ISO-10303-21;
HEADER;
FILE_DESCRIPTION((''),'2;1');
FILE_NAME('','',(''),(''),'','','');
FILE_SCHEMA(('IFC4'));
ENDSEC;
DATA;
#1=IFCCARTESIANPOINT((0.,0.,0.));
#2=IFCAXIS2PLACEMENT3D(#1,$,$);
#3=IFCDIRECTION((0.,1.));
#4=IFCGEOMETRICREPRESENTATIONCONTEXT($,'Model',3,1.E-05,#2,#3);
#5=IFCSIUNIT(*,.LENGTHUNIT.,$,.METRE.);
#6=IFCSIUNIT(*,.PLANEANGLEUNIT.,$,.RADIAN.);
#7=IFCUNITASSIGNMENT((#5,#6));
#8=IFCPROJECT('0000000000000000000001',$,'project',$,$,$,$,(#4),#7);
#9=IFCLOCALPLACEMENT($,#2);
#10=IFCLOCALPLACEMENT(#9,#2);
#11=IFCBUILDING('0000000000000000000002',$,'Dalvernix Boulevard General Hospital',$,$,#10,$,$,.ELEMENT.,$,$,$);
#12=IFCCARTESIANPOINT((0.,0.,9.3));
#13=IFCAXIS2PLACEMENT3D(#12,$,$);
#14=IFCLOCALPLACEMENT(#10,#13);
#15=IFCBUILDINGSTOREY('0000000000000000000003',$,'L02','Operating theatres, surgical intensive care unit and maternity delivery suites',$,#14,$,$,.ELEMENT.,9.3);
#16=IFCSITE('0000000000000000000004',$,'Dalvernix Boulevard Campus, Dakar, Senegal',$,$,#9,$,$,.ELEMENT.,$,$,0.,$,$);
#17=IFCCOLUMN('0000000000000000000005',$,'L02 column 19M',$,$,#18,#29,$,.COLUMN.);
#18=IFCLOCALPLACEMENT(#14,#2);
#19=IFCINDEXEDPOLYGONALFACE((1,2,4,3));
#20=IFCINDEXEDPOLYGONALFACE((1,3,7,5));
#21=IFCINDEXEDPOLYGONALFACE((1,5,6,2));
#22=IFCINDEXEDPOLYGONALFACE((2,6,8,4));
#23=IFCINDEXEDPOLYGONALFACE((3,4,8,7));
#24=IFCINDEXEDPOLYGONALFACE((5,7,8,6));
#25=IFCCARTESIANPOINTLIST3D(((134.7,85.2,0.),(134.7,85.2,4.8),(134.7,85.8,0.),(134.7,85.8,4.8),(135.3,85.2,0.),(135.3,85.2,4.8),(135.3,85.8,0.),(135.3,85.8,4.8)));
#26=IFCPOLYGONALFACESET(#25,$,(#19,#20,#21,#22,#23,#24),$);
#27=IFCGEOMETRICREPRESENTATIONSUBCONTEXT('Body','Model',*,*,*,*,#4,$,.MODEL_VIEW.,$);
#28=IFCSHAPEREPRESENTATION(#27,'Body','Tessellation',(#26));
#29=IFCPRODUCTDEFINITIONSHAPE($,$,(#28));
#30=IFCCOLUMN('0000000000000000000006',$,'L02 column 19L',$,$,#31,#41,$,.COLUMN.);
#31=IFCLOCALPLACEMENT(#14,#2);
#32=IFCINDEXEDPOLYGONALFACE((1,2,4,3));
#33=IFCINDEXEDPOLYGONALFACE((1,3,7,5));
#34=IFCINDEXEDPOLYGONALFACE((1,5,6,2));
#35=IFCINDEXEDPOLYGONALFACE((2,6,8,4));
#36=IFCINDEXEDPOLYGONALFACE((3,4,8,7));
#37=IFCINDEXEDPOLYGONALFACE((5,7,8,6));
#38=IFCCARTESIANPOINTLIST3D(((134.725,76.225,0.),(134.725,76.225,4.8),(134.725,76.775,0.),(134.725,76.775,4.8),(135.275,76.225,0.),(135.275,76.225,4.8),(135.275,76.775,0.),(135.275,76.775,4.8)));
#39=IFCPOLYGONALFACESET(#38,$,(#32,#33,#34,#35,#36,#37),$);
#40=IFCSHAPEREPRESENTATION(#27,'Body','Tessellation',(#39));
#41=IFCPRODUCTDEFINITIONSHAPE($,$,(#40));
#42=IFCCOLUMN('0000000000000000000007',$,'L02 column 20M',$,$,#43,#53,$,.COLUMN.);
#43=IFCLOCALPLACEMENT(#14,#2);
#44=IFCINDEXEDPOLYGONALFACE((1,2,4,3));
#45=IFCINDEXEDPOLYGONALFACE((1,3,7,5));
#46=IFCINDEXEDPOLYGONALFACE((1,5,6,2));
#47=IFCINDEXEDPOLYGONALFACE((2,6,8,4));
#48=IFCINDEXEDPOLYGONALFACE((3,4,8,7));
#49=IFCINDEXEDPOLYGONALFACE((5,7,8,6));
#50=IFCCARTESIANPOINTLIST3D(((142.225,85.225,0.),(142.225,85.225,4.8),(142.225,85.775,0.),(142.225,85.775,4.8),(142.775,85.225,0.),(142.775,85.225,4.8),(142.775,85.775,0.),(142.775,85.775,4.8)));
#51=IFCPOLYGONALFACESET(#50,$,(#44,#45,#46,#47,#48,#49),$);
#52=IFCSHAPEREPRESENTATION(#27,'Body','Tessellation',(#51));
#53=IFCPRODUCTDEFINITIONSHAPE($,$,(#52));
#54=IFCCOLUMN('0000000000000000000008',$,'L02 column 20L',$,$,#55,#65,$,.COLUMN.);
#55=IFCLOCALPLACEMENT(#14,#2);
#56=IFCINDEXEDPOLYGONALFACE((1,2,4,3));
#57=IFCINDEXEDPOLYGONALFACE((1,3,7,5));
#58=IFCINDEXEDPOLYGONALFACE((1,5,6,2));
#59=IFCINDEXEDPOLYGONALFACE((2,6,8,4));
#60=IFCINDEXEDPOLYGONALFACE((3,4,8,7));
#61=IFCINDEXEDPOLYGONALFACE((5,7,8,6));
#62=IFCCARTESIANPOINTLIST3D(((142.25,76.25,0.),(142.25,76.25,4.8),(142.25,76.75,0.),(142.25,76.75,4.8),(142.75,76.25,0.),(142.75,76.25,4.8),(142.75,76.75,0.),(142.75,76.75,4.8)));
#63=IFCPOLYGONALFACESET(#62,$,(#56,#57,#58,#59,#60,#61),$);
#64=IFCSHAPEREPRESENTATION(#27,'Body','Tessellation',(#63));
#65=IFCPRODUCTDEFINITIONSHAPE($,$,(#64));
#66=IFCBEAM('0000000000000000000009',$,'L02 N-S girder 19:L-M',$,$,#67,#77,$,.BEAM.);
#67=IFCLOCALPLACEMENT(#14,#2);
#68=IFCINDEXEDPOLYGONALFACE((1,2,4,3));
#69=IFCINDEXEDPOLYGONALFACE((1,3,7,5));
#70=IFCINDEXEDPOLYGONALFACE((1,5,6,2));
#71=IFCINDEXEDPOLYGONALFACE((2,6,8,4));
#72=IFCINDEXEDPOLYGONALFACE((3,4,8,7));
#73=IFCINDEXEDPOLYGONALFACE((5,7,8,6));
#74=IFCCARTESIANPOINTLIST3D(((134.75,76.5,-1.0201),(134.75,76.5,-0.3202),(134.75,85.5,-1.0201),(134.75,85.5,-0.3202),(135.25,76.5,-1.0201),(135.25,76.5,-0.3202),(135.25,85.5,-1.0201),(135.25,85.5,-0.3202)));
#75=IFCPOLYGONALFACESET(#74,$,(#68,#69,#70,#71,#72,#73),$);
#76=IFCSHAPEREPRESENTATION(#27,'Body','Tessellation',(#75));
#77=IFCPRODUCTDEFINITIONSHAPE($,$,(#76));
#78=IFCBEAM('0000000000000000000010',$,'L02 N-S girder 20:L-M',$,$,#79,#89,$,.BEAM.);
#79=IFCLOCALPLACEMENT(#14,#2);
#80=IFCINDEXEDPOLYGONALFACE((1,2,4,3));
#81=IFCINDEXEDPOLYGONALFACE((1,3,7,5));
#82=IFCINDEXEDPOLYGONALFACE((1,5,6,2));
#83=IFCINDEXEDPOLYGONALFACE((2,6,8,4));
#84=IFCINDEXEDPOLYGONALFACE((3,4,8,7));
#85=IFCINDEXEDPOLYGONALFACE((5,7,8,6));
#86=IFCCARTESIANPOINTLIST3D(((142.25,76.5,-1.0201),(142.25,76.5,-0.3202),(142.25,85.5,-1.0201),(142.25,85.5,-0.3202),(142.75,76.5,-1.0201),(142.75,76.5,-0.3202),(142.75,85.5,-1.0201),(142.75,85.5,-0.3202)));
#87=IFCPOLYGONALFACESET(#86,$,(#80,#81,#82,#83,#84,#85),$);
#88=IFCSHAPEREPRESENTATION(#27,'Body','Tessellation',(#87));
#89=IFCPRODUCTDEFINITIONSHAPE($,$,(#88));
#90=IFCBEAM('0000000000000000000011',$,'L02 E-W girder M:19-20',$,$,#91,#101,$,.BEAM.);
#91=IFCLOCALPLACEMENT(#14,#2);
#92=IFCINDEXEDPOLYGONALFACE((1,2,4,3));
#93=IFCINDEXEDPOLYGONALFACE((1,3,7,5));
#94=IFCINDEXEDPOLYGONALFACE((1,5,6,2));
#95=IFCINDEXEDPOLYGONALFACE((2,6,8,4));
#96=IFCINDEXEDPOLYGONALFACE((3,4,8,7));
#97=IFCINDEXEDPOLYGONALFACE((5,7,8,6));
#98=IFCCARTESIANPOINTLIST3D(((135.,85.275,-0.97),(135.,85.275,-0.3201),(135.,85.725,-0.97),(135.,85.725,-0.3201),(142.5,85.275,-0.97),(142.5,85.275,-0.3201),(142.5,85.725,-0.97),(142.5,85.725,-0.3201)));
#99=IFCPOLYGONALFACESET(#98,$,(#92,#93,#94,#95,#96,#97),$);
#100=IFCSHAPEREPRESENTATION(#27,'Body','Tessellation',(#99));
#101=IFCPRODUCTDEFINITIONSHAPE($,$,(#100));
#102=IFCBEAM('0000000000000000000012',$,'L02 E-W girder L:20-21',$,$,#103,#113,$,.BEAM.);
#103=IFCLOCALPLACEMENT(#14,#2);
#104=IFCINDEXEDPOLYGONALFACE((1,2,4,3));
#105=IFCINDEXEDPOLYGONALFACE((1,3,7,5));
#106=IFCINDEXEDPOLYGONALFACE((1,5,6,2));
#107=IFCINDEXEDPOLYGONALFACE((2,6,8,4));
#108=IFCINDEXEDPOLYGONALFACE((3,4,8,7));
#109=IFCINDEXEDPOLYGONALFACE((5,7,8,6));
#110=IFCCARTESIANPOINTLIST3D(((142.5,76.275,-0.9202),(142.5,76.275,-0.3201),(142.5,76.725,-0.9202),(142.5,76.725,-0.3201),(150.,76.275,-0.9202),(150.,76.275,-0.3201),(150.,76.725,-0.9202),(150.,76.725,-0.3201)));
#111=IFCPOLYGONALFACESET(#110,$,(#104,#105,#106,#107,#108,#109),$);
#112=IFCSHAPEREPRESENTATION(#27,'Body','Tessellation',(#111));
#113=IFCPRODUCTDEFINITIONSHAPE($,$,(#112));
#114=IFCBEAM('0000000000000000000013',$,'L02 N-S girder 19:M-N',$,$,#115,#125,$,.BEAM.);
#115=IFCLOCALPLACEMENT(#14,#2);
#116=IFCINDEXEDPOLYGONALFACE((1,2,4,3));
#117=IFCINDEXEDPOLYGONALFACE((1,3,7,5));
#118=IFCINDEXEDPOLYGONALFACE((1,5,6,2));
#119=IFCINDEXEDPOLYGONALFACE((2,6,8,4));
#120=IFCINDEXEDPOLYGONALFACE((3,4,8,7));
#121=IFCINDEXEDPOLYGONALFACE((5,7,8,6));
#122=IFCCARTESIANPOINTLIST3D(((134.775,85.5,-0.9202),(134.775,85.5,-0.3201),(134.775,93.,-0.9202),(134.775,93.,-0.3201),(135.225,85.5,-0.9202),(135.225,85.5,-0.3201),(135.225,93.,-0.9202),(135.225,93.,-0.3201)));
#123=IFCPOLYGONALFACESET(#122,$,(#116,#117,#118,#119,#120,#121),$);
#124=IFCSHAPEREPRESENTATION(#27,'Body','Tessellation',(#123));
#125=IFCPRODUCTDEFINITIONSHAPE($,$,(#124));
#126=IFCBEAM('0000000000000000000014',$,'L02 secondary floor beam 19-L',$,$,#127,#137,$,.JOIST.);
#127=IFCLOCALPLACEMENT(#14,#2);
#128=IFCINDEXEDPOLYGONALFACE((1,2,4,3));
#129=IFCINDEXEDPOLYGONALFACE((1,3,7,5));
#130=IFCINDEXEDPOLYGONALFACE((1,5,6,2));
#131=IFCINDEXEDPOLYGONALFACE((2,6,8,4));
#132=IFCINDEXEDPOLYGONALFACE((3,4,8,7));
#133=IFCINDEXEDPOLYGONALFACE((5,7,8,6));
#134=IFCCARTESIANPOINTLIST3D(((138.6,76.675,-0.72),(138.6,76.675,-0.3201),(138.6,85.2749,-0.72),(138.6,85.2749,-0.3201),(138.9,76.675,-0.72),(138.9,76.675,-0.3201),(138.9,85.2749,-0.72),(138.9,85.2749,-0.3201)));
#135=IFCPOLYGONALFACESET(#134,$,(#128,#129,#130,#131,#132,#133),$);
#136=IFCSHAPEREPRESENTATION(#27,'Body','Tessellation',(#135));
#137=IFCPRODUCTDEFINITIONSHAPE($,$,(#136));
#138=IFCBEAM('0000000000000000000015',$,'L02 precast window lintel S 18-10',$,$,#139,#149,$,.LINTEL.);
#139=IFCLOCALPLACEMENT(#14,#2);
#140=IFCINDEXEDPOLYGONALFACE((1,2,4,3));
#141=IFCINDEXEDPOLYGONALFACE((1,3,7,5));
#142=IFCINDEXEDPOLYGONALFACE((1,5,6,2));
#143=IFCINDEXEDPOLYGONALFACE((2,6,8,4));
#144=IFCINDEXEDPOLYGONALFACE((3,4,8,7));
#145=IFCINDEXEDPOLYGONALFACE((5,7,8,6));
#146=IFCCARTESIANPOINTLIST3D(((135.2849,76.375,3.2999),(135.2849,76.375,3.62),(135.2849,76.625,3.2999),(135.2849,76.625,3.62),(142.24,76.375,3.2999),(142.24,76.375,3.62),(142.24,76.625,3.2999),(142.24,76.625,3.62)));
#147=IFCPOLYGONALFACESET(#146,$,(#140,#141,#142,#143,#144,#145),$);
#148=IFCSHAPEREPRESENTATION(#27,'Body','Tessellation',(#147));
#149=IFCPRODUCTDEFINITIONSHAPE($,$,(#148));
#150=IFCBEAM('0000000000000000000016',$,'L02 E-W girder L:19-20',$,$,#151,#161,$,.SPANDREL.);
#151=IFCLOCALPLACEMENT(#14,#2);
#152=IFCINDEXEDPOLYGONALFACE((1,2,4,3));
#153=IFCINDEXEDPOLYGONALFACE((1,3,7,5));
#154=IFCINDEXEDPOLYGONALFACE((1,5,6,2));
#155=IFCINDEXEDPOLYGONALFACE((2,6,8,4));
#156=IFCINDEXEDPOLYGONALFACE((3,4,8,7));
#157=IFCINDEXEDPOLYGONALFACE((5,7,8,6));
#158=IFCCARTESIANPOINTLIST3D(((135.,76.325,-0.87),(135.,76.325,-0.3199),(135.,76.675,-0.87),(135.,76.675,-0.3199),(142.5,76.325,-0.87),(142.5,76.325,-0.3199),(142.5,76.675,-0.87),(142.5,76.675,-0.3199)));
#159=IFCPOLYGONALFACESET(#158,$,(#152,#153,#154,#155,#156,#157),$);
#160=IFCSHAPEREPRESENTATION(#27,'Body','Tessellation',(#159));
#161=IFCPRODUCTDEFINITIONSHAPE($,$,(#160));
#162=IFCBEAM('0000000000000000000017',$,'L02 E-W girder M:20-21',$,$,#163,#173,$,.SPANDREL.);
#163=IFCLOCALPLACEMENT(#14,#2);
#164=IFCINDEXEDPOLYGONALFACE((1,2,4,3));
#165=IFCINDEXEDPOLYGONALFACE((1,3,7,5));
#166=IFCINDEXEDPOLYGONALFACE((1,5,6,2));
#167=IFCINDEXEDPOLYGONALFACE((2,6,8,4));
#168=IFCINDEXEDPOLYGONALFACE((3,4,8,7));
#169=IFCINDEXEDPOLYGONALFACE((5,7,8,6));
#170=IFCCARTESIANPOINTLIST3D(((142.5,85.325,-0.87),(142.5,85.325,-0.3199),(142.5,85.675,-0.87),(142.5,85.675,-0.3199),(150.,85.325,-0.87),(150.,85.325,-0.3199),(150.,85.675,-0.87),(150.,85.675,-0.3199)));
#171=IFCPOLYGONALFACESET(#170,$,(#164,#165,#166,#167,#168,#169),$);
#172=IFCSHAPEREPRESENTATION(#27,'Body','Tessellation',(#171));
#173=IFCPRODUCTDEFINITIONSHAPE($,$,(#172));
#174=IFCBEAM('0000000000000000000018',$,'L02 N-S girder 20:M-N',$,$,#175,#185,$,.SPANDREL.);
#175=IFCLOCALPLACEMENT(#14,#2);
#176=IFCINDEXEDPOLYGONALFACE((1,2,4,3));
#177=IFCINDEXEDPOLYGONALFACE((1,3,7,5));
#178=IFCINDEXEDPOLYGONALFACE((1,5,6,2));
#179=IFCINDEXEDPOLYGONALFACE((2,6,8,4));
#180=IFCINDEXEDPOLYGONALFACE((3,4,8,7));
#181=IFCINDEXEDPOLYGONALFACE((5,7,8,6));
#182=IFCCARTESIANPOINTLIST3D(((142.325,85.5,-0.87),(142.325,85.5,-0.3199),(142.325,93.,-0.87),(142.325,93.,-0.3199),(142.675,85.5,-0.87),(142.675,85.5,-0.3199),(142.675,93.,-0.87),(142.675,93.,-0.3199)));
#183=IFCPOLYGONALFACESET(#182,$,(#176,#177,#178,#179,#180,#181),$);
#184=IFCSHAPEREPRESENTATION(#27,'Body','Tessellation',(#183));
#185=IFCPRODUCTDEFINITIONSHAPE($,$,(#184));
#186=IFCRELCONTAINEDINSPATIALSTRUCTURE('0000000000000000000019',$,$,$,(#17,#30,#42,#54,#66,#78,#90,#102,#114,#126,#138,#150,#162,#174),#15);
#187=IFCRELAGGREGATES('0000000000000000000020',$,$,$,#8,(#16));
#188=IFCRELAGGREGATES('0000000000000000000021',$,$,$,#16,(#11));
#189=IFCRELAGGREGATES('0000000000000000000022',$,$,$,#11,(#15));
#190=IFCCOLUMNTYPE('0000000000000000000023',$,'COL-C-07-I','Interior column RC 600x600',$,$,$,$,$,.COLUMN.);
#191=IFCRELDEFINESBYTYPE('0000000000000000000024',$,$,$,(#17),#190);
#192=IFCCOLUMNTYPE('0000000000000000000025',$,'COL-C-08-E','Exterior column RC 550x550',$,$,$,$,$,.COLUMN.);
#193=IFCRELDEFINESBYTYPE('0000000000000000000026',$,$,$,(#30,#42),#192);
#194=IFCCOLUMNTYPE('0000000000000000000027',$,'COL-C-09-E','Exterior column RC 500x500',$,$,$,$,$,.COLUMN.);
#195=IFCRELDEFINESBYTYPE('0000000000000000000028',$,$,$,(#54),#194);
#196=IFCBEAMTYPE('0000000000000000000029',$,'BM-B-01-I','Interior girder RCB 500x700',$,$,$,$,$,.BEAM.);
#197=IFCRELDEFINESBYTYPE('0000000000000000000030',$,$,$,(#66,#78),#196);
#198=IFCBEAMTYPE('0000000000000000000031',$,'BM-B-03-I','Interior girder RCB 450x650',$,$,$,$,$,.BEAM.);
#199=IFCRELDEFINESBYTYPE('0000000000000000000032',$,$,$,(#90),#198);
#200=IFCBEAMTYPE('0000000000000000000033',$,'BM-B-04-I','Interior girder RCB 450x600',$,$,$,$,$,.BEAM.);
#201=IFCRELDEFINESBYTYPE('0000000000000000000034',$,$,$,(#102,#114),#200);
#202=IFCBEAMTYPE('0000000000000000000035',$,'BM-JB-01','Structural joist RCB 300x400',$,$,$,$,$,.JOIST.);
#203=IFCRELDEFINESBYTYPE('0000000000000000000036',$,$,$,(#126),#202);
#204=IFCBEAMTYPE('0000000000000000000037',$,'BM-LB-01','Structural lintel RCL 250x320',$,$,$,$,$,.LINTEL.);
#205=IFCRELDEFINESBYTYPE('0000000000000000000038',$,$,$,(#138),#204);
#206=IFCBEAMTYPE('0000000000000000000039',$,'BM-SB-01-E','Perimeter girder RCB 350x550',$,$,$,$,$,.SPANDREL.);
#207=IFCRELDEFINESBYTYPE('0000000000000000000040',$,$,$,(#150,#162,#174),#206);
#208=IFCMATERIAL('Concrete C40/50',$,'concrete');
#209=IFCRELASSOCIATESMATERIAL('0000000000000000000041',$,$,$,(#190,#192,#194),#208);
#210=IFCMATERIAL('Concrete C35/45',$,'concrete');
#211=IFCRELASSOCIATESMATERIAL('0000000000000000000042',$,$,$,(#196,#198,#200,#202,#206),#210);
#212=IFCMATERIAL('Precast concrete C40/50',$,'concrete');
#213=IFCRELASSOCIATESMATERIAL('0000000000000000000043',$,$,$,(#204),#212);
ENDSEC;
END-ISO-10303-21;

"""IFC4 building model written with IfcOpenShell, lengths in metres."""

from ifc_helpers import new_model, si_unit, direction, frame, origin, origin_2d, place, context, subcontext, project, spatial, rectangle, extrude, material, material_profile, profile_set, type_object, element, save


model = new_model("IFC4")

# Units and contexts
model_context = context("Model", 3, precision=1e-05, world=origin(), true_north=direction((0.0, 1.0)))
body_context = subcontext(model_context, "Body", "Model", "MODEL_VIEW")
ifc_project = project(units=[si_unit("LENGTHUNIT", "METRE"), si_unit("PLANEANGLEUNIT", "RADIAN")], contexts=[model_context])

# Site, building, storey
site_placement = place(None, origin())
site = spatial("IfcSite", under=ifc_project, at=site_placement, Name="Dalvernix Boulevard Campus, Dakar, Senegal", CompositionType="ELEMENT", RefElevation=0.0)
building_placement = place(site_placement, origin())
building = spatial("IfcBuilding", under=site, at=building_placement, Name="Dalvernix Boulevard General Hospital", CompositionType="ELEMENT")
storey_placement = place(building_placement, frame((0.0, 0.0, 9.3)))
storey = spatial("IfcBuildingStorey", under=building, at=storey_placement, Name="L02", Description="Operating theatres, surgical intensive care unit and maternity delivery suites", CompositionType="ELEMENT", Elevation=9.3)

# Columns
ifc_material_1 = material(Name="Concrete C40/50", Category="concrete")
ifc_material_profile_1 = material_profile(ifc_material_1, rectangle(XDim=0.6001, YDim=0.6001, at=origin_2d()), Name="RC 600x600")
ifc_profile_set_1 = profile_set([ifc_material_profile_1], Name="Concrete C40/50")
column_type_1 = type_object("IfcColumnType", Name="COL-C-07-I", Description="Interior column RC 600x600", PredefinedType="COLUMN", material=ifc_profile_set_1)
column_1_placement = place(storey_placement, frame((135.0, 85.5, 0.0), z_axis=(0.0, 0.0, 1.0), x_axis=(1.0, 0.0, 0.0)))
element("IfcColumn", 1, at=column_1_placement, inside=storey, type_object=column_type_1, Name="L02 column 19M", PredefinedType="COLUMN", context=body_context, shape_type="SweptSolid", body=[
    extrude(rectangle(XDim=0.6001, YDim=0.6001, at=origin_2d()), origin(), (0.0, 0.0, 1.0), 4.8),
])
ifc_material_profile_2 = material_profile(ifc_material_1, rectangle(XDim=0.55, YDim=0.55, at=origin_2d()), Name="RC 550x550")
ifc_profile_set_2 = profile_set([ifc_material_profile_2], Name="Concrete C40/50")
column_type_2 = type_object("IfcColumnType", Name="COL-C-08-E", Description="Exterior column RC 550x550", PredefinedType="COLUMN", material=ifc_profile_set_2)
for number, where, z_axis, x_axis, name in (
    (2, (135.0, 76.5, 0.0), (0.0, 0.0, 1.0), (1.0, 0.0, 0.0), "L02 column 19L"),
    (3, (142.5, 85.5, 0.0), (0.0, 0.0, 1.0), (1.0, 0.0, 0.0), "L02 column 20M"),
):
    element("IfcColumn", number, at=place(storey_placement, frame(where, z_axis=z_axis, x_axis=x_axis)), inside=storey, type_object=column_type_2, Name=name, PredefinedType="COLUMN", context=body_context, shape_type="SweptSolid", body=[
        extrude(rectangle(XDim=0.55, YDim=0.55, at=origin_2d()), origin(), (0.0, 0.0, 1.0), 4.8),
    ])
ifc_material_profile_3 = material_profile(ifc_material_1, rectangle(XDim=0.5, YDim=0.5, at=origin_2d()), Name="RC 500x500")
ifc_profile_set_3 = profile_set([ifc_material_profile_3], Name="Concrete C40/50")
column_type_3 = type_object("IfcColumnType", Name="COL-C-09-E", Description="Exterior column RC 500x500", PredefinedType="COLUMN", material=ifc_profile_set_3)
column_2_placement = place(storey_placement, frame((142.5, 76.5, 0.0), z_axis=(0.0, 0.0, 1.0), x_axis=(1.0, 0.0, 0.0)))
element("IfcColumn", 4, at=column_2_placement, inside=storey, type_object=column_type_3, Name="L02 column 20L", PredefinedType="COLUMN", context=body_context, shape_type="SweptSolid", body=[
    extrude(rectangle(XDim=0.5, YDim=0.5, at=origin_2d()), origin(), (0.0, 0.0, 1.0), 4.8),
])

# Beams
ifc_material_2 = material(Name="Concrete C35/45", Category="concrete")
ifc_material_profile_4 = material_profile(ifc_material_2, rectangle(XDim=0.5, YDim=0.7, at=origin_2d()), Name="RCB 500x700")
ifc_profile_set_4 = profile_set([ifc_material_profile_4], Name="Concrete C35/45")
beam_type_1 = type_object("IfcBeamType", Name="BM-B-01-I", Description="Interior girder RCB 500x700", PredefinedType="BEAM", material=ifc_profile_set_4)
for number, where, z_axis, x_axis, name in (
    (5, (135.0, 76.5, -0.6702), (0.0, 1.0, 0.0), (-1.0, 0.0, 0.0), "L02 N-S girder 19:L-M"),
    (6, (142.5, 76.5, -0.6702), (0.0, 1.0, 0.0), (-1.0, 0.0, 0.0), "L02 N-S girder 20:L-M"),
):
    element("IfcBeam", number, at=place(storey_placement, frame(where, z_axis=z_axis, x_axis=x_axis)), inside=storey, type_object=beam_type_1, Name=name, PredefinedType="BEAM", context=body_context, shape_type="SweptSolid", body=[
        extrude(rectangle(XDim=0.5, YDim=0.7, at=origin_2d()), origin(), (0.0, 0.0, 1.0), 9.0),
    ])
ifc_material_profile_5 = material_profile(ifc_material_2, rectangle(XDim=0.45, YDim=0.6499, at=origin_2d()), Name="RCB 450x650")
ifc_profile_set_5 = profile_set([ifc_material_profile_5], Name="Concrete C35/45")
beam_type_2 = type_object("IfcBeamType", Name="BM-B-03-I", Description="Interior girder RCB 450x650", PredefinedType="BEAM", material=ifc_profile_set_5)
beam_1_placement = place(storey_placement, frame((135.0, 85.5, -0.645), z_axis=(1.0, 0.0, 0.0), x_axis=(0.0, 1.0, 0.0)))
element("IfcBeam", 7, at=beam_1_placement, inside=storey, type_object=beam_type_2, Name="L02 E-W girder M:19-20", PredefinedType="BEAM", context=body_context, shape_type="SweptSolid", body=[
    extrude(rectangle(XDim=0.45, YDim=0.6499, at=origin_2d()), origin(), (0.0, 0.0, 1.0), 7.5),
])
ifc_material_profile_6 = material_profile(ifc_material_2, rectangle(XDim=0.45, YDim=0.6001, at=origin_2d()), Name="RCB 450x600")
ifc_profile_set_6 = profile_set([ifc_material_profile_6], Name="Concrete C35/45")
beam_type_3 = type_object("IfcBeamType", Name="BM-B-04-I", Description="Interior girder RCB 450x600", PredefinedType="BEAM", material=ifc_profile_set_6)
for number, where, z_axis, x_axis, name in (
    (8, (142.5, 76.5, -0.6201), (1.0, 0.0, 0.0), (0.0, 1.0, 0.0), "L02 E-W girder L:20-21"),
    (9, (135.0, 85.5, -0.6201), (0.0, 1.0, 0.0), (-1.0, 0.0, 0.0), "L02 N-S girder 19:M-N"),
):
    element("IfcBeam", number, at=place(storey_placement, frame(where, z_axis=z_axis, x_axis=x_axis)), inside=storey, type_object=beam_type_3, Name=name, PredefinedType="BEAM", context=body_context, shape_type="SweptSolid", body=[
        extrude(rectangle(XDim=0.45, YDim=0.6001, at=origin_2d()), origin(), (0.0, 0.0, 1.0), 7.5),
    ])
ifc_material_profile_7 = material_profile(ifc_material_2, rectangle(XDim=0.3, YDim=0.3999, at=origin_2d()), Name="RCB 300x400")
ifc_profile_set_7 = profile_set([ifc_material_profile_7], Name="Concrete C35/45")
beam_type_4 = type_object("IfcBeamType", Name="BM-JB-01", Description="Structural joist RCB 300x400", PredefinedType="JOIST", material=ifc_profile_set_7)
beam_2_placement = place(storey_placement, frame((138.75, 76.675, -0.52), z_axis=(0.0, 1.0, 0.0), x_axis=(-1.0, 0.0, 0.0)))
element("IfcBeam", 10, at=beam_2_placement, inside=storey, type_object=beam_type_4, Name="L02 secondary floor beam 19-L", PredefinedType="JOIST", context=body_context, shape_type="SweptSolid", body=[
    extrude(rectangle(XDim=0.3, YDim=0.3999, at=origin_2d()), origin(), (0.0, 0.0, 1.0), 8.5999),
])
ifc_material_3 = material(Name="Precast concrete C40/50", Category="concrete")
ifc_material_profile_8 = material_profile(ifc_material_3, rectangle(XDim=0.25, YDim=0.3201, at=origin_2d()), Name="RCL 250x320")
ifc_profile_set_8 = profile_set([ifc_material_profile_8], Name="Precast concrete C40/50")
beam_type_5 = type_object("IfcBeamType", Name="BM-LB-01", Description="Structural lintel RCL 250x320", PredefinedType="LINTEL", material=ifc_profile_set_8)
beam_3_placement = place(storey_placement, frame((142.24, 76.5, 3.46), z_axis=(-1.0, 0.0, 0.0), x_axis=(0.0, -1.0, 0.0)))
element("IfcBeam", 11, at=beam_3_placement, inside=storey, type_object=beam_type_5, Name="L02 precast window lintel S 18-10", PredefinedType="LINTEL", context=body_context, shape_type="SweptSolid", body=[
    extrude(rectangle(XDim=0.25, YDim=0.3201, at=origin_2d()), origin(), (0.0, 0.0, 1.0), 6.9551),
])
ifc_material_profile_9 = material_profile(ifc_material_2, rectangle(XDim=0.3501, YDim=0.55, at=origin_2d()), Name="RCB 350x550")
ifc_profile_set_9 = profile_set([ifc_material_profile_9], Name="Concrete C35/45")
beam_type_6 = type_object("IfcBeamType", Name="BM-SB-01-E", Description="Perimeter girder RCB 350x550", PredefinedType="SPANDREL", material=ifc_profile_set_9)
for number, where, z_axis, x_axis, name in (
    (12, (135.0, 76.5, -0.595), (1.0, 0.0, 0.0), (0.0, 1.0, 0.0), "L02 E-W girder L:19-20"),
    (13, (142.5, 85.5, -0.595), (1.0, 0.0, 0.0), (0.0, 1.0, 0.0), "L02 E-W girder M:20-21"),
    (14, (142.5, 85.5, -0.595), (0.0, 1.0, 0.0), (-1.0, 0.0, 0.0), "L02 N-S girder 20:M-N"),
):
    element("IfcBeam", number, at=place(storey_placement, frame(where, z_axis=z_axis, x_axis=x_axis)), inside=storey, type_object=beam_type_6, Name=name, PredefinedType="SPANDREL", context=body_context, shape_type="SweptSolid", body=[
        extrude(rectangle(XDim=0.3501, YDim=0.55, at=origin_2d()), origin(), (0.0, 0.0, 1.0), 7.5),
    ])

save(model, "model.ifc")
